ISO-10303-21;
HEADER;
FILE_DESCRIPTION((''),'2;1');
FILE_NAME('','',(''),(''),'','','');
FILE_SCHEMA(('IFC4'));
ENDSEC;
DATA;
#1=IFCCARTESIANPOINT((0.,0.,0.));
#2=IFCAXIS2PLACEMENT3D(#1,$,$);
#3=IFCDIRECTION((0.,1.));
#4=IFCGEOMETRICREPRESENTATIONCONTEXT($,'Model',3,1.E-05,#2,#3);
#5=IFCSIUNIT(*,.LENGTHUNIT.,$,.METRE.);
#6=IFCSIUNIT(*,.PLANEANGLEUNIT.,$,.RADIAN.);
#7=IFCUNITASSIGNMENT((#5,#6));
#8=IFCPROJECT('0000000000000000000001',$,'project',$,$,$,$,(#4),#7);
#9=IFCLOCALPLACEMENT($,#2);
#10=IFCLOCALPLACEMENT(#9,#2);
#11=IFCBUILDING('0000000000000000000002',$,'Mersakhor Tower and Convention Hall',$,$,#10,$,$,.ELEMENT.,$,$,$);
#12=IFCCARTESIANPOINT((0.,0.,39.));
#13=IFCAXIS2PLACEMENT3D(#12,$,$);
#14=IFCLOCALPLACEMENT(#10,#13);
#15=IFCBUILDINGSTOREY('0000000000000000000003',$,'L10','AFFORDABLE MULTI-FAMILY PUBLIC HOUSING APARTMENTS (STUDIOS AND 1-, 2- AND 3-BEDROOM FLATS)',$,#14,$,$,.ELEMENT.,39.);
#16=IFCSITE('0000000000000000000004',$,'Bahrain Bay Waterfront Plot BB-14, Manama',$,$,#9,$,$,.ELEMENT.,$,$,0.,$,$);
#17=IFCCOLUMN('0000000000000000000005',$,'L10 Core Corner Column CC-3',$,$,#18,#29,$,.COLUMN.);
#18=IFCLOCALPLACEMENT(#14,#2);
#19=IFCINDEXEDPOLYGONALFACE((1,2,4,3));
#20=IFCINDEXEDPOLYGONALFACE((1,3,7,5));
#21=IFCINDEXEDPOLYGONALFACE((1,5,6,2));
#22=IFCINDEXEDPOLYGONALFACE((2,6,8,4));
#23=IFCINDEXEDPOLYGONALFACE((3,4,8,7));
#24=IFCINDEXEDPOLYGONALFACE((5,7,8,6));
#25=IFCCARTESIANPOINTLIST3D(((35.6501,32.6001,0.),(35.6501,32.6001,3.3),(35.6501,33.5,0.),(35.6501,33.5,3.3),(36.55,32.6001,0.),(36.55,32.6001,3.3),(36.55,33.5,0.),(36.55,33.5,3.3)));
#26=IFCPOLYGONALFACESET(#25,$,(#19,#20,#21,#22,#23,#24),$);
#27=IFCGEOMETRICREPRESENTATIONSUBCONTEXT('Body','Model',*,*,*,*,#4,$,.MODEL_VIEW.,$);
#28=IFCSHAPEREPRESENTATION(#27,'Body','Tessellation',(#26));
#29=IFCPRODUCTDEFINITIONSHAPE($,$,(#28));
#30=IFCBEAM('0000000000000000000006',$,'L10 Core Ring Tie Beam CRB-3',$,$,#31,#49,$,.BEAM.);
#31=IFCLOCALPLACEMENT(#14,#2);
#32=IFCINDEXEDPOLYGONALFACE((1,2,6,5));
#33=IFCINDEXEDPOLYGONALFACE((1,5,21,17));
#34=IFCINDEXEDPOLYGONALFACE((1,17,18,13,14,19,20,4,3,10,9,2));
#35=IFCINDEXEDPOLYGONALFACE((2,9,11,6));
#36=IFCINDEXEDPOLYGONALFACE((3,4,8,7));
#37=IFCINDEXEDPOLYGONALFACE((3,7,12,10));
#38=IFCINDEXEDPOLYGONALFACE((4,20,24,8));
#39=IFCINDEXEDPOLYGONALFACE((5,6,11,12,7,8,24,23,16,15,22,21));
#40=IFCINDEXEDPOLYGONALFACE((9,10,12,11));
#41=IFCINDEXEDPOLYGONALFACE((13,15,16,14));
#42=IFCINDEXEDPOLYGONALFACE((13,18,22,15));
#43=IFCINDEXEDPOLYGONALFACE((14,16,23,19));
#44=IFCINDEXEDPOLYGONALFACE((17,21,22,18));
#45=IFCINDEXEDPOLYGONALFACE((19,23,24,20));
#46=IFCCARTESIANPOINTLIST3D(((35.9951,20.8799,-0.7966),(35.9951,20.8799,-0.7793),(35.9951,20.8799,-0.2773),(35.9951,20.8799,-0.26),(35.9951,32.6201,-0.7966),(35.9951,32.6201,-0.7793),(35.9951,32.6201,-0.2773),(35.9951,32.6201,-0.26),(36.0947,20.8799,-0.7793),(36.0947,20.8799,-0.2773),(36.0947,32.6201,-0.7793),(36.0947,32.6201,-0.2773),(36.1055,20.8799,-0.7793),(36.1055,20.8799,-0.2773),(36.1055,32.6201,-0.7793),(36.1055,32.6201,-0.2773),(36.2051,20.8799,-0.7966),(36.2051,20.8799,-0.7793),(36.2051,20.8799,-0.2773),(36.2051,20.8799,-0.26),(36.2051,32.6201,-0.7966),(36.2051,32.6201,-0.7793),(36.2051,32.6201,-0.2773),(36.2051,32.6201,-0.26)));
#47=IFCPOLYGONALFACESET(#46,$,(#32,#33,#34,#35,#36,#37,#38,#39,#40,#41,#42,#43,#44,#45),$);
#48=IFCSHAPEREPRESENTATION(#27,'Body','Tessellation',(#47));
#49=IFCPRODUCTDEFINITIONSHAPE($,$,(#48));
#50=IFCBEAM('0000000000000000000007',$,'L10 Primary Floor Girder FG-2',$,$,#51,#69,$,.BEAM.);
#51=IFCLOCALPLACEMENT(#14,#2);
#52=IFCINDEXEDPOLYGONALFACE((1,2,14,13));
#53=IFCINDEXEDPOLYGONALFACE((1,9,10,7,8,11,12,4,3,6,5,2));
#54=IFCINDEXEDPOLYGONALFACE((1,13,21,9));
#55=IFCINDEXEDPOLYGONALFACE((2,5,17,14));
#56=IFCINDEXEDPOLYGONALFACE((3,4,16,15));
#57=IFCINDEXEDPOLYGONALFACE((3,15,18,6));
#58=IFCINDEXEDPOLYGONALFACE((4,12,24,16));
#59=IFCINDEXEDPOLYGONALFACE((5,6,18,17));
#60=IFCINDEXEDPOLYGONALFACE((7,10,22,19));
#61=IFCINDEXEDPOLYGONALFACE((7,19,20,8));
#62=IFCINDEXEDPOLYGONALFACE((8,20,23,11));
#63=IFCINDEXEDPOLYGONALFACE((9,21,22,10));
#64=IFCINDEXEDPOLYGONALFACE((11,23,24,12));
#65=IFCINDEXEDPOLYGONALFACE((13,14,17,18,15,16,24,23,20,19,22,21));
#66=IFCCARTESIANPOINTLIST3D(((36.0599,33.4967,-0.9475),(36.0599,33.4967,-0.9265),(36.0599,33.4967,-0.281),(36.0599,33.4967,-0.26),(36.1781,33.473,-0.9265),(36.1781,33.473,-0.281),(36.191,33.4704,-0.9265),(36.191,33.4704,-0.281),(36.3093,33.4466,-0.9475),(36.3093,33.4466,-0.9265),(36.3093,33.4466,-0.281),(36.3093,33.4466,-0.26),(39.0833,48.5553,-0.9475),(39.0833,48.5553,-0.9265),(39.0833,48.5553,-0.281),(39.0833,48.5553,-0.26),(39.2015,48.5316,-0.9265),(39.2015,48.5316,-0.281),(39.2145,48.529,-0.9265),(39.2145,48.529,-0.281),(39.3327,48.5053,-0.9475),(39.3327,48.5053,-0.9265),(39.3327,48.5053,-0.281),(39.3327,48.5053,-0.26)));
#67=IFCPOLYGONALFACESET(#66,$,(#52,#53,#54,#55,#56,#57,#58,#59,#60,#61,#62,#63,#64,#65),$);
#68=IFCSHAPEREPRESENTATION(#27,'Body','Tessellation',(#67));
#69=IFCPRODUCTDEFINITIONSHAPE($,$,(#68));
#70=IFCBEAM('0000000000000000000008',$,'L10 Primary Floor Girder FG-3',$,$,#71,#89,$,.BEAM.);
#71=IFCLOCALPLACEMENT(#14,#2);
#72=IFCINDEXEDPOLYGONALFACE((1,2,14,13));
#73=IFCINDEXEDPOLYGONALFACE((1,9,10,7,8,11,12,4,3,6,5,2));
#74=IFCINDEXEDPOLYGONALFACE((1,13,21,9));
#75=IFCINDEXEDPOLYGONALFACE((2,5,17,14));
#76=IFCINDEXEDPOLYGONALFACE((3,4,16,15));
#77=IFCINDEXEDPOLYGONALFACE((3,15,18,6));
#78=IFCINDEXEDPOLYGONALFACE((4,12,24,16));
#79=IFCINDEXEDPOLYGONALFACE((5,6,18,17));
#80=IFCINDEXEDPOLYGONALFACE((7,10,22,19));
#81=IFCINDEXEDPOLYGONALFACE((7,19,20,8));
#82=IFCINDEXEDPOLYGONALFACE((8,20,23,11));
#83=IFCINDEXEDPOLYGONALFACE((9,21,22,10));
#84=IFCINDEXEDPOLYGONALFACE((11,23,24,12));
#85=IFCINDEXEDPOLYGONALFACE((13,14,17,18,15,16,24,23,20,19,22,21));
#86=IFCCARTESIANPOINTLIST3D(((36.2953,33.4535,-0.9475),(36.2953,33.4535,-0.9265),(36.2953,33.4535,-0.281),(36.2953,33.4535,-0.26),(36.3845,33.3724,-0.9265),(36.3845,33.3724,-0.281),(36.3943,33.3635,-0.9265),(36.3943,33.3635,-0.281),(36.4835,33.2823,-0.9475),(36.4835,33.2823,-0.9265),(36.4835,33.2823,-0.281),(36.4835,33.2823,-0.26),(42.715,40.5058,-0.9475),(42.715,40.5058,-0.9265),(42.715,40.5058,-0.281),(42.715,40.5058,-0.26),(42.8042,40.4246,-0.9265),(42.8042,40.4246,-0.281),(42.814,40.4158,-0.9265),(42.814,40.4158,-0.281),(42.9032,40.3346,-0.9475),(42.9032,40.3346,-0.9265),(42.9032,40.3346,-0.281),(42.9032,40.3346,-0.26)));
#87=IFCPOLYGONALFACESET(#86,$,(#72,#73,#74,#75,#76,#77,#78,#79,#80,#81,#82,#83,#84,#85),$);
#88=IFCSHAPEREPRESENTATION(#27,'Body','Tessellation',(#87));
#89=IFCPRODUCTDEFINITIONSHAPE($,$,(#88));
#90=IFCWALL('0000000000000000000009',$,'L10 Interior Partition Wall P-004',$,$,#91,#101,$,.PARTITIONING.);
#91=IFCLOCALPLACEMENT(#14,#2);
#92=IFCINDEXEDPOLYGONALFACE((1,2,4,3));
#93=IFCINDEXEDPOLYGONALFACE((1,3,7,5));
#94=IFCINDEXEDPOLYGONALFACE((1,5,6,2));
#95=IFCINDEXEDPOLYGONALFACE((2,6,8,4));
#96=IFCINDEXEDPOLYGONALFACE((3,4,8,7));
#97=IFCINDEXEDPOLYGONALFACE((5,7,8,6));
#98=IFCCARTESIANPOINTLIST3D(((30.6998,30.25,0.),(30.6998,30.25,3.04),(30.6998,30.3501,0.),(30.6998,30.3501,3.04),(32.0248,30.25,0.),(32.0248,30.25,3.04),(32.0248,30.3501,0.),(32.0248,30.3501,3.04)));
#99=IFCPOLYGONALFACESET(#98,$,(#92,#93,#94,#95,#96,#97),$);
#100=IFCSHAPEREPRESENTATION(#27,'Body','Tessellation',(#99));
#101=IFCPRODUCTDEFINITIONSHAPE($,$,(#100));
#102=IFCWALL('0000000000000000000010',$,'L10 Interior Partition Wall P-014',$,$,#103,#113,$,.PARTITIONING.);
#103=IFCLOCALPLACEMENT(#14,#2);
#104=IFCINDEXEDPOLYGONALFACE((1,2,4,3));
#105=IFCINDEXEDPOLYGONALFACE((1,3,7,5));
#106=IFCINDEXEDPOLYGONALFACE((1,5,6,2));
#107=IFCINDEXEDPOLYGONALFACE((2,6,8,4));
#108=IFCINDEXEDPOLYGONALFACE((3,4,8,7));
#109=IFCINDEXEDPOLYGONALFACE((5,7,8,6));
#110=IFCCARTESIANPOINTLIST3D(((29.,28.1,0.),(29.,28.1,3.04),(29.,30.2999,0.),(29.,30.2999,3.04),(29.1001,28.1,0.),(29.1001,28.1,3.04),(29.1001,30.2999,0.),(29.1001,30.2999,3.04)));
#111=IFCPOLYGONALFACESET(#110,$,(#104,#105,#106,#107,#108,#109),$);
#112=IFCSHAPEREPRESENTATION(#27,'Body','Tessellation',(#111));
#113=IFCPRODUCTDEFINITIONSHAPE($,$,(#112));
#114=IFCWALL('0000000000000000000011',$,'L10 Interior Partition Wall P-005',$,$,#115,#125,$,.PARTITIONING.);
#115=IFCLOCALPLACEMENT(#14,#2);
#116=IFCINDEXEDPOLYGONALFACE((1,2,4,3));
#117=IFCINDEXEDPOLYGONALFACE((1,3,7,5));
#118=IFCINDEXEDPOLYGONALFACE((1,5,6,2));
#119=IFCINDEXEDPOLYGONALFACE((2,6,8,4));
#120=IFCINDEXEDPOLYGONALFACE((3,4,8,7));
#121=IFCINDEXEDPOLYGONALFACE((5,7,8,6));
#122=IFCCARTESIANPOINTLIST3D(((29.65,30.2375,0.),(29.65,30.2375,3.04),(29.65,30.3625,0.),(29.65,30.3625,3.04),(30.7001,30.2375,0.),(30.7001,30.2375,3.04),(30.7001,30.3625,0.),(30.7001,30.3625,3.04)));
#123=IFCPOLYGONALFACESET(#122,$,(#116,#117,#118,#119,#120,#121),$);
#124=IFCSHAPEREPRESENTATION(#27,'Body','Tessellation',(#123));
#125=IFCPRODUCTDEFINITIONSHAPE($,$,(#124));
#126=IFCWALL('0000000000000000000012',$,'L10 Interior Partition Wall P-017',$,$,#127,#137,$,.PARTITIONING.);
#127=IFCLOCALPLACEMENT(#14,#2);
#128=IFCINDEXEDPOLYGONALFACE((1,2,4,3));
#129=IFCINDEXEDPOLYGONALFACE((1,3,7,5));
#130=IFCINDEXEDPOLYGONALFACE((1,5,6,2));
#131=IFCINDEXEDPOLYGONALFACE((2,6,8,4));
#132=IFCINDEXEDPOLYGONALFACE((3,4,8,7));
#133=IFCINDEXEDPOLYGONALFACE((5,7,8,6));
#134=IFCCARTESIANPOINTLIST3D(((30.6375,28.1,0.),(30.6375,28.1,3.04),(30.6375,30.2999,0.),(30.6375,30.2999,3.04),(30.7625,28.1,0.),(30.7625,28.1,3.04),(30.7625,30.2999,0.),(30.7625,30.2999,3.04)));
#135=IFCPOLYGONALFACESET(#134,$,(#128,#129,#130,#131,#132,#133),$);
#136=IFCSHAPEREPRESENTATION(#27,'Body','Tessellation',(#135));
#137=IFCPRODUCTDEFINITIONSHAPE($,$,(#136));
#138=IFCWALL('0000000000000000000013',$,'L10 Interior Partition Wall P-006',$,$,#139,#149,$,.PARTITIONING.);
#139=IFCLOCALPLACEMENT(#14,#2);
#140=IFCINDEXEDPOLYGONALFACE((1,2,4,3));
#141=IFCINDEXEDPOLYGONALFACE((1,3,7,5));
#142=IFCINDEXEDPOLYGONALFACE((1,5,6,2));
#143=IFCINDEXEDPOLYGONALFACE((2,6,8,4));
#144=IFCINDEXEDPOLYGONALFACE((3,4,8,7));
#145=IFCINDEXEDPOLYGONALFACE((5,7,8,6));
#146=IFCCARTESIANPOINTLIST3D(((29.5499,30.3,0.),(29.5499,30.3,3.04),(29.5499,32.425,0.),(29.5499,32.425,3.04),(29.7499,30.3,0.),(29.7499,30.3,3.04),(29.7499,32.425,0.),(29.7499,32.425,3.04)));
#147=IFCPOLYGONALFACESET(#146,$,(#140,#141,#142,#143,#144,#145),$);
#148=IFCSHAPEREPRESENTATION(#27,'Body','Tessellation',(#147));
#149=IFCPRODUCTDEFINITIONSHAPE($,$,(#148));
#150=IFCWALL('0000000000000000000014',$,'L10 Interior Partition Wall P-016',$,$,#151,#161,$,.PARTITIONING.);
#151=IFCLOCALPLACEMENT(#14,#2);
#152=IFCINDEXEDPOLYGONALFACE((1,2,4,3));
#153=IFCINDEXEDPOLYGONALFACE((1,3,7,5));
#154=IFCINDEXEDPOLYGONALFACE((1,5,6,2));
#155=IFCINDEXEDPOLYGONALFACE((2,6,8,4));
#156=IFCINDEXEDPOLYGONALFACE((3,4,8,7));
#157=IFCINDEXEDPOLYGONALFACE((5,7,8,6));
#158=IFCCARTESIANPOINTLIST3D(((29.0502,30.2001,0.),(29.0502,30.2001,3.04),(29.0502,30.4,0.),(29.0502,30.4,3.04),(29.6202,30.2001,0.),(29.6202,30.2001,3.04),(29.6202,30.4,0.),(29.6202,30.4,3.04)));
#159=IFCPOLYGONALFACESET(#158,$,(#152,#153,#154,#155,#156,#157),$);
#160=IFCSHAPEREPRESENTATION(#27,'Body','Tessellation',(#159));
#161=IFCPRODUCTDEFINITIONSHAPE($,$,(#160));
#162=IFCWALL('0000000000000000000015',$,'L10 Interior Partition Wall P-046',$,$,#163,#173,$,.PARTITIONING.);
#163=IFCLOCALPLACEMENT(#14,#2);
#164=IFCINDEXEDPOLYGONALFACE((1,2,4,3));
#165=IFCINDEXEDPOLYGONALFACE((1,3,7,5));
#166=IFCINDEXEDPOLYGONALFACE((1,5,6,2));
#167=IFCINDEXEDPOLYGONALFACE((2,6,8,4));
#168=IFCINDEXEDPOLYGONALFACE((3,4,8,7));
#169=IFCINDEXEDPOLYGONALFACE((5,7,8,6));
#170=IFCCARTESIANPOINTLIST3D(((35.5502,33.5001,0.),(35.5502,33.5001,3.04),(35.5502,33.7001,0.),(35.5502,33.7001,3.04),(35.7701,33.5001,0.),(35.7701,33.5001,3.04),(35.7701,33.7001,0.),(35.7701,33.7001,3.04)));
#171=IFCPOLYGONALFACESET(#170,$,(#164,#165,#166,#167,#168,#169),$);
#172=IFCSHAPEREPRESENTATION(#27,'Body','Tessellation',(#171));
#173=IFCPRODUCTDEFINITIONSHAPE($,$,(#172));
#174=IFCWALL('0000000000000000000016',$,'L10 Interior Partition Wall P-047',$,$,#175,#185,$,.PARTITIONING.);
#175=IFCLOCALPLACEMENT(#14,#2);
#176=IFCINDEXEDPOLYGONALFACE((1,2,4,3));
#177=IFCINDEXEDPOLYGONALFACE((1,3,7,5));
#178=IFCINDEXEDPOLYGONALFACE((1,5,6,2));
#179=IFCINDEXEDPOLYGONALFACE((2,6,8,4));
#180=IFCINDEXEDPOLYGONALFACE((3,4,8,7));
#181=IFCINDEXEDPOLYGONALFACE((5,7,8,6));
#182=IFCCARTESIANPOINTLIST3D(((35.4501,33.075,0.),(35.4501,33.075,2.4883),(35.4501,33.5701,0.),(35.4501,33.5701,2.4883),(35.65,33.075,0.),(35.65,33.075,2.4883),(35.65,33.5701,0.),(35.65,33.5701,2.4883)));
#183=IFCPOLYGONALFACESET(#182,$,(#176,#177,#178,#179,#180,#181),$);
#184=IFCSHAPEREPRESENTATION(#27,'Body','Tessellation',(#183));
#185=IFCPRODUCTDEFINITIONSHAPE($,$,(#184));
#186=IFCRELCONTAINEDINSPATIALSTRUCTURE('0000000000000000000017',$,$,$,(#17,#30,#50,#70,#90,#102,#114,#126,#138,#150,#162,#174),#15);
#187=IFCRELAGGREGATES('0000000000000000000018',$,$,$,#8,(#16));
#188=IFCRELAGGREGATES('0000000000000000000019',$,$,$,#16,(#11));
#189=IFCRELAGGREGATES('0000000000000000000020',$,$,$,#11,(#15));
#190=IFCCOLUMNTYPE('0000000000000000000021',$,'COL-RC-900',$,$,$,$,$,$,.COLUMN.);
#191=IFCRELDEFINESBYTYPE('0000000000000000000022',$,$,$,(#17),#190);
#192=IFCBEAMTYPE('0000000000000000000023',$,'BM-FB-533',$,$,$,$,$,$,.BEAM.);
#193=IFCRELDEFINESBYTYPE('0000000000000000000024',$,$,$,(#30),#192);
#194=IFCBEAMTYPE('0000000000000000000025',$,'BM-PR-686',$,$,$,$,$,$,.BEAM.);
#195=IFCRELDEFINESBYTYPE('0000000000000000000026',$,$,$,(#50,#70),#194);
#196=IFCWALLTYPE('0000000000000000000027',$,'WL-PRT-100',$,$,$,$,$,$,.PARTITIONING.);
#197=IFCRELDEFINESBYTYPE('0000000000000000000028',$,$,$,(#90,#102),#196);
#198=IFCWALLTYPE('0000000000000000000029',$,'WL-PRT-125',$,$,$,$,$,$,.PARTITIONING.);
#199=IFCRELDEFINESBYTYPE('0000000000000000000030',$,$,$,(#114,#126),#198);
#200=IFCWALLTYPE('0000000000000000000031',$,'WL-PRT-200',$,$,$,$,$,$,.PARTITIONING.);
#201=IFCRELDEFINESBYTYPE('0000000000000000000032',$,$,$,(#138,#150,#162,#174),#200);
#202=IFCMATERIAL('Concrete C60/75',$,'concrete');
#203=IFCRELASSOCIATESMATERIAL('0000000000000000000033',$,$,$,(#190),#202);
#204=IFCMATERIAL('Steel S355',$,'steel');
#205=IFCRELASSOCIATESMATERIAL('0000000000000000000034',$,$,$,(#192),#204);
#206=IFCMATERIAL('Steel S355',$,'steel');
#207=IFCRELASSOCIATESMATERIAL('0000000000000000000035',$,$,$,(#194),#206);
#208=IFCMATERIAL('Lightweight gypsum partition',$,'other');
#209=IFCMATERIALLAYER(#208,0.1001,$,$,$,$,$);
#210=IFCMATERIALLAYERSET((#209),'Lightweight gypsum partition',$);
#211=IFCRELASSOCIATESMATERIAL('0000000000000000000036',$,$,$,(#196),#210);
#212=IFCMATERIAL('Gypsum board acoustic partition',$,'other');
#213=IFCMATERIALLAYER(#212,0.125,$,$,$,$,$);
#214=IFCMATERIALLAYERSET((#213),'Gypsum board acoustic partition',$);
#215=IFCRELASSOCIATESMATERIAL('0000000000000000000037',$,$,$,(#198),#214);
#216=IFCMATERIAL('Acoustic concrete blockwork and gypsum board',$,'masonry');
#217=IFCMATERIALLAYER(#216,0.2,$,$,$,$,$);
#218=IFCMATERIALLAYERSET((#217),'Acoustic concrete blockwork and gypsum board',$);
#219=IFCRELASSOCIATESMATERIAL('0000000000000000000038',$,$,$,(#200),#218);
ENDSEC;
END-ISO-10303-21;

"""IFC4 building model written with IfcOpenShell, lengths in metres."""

from ifc_helpers import new_model, si_unit, direction, frame, frame_2d, origin, origin_2d, place, context, subcontext, project, spatial, rectangle, i_section, extrude, material, layer, layer_set, material_profile, profile_set, type_object, element, save


model = new_model("IFC4")

# Units and contexts
model_context = context("Model", 3, precision=1e-05, world=origin(), true_north=direction((0.0, 1.0)))
body_context = subcontext(model_context, "Body", "Model", "MODEL_VIEW")
ifc_project = project(units=[si_unit("LENGTHUNIT", "METRE"), si_unit("PLANEANGLEUNIT", "RADIAN")], contexts=[model_context])

# Site, building, storey
site_placement = place(None, origin())
site = spatial("IfcSite", under=ifc_project, at=site_placement, Name="Bahrain Bay Waterfront Plot BB-14, Manama", CompositionType="ELEMENT", RefElevation=0.0)
building_placement = place(site_placement, origin())
building = spatial("IfcBuilding", under=site, at=building_placement, Name="Mersakhor Tower and Convention Hall", CompositionType="ELEMENT")
storey_placement = place(building_placement, frame((0.0, 0.0, 39.0)))
storey = spatial("IfcBuildingStorey", under=building, at=storey_placement, Name="L10", Description="AFFORDABLE MULTI-FAMILY PUBLIC HOUSING APARTMENTS (STUDIOS AND 1-, 2- AND 3-BEDROOM FLATS)", CompositionType="ELEMENT", Elevation=39.0)

# Column
ifc_material_1 = material(Name="Concrete C60/75", Category="concrete")
ifc_material_profile_1 = material_profile(ifc_material_1, rectangle(XDim=0.8999, YDim=0.8999, at=origin_2d()), Name="RC 900x900")
ifc_profile_set_1 = profile_set([ifc_material_profile_1], Name="Concrete C60/75")
column_type = type_object("IfcColumnType", Name="COL-RC-900", PredefinedType="COLUMN", material=ifc_profile_set_1)
column_placement = place(storey_placement, frame((36.1001, 33.05, 0.0), z_axis=(0.0, 0.0, 1.0), x_axis=(1.0, 0.0, 0.0)))
element("IfcColumn", 1, at=column_placement, inside=storey, type_object=column_type, Name="L10 Core Corner Column CC-3", PredefinedType="COLUMN", context=body_context, shape_type="SweptSolid", body=[
    extrude(rectangle(XDim=0.8999, YDim=0.8999, at=origin_2d()), origin(), (0.0, 0.0, 1.0), 3.3),
])

# Beams
ifc_material_2 = material(Name="Steel S355", Category="steel")
ifc_material_profile_2 = material_profile(ifc_material_2, i_section(OverallWidth=0.21, OverallDepth=0.5366, WebThickness=0.0107, FlangeThickness=0.0173, at=origin_2d()), Name="UB 533x210x101")
ifc_profile_set_2 = profile_set([ifc_material_profile_2], Name="Steel S355")
beam_type_1 = type_object("IfcBeamType", Name="BM-FB-533", PredefinedType="BEAM", material=ifc_profile_set_2)
beam_1_placement = place(storey_placement, frame((36.1001, 32.6201, -0.5283), z_axis=(0.0, -1.0, 0.0), x_axis=(1.0, 0.0, 0.0)))
element("IfcBeam", 2, at=beam_1_placement, inside=storey, type_object=beam_type_1, Name="L10 Core Ring Tie Beam CRB-3", PredefinedType="BEAM", context=body_context, shape_type="SweptSolid", body=[
    extrude(i_section(OverallWidth=0.21, OverallDepth=0.5366, WebThickness=0.0107, FlangeThickness=0.0173, at=origin_2d()), origin(), (0.0, 0.0, 1.0), 11.7402),
])
ifc_material_3 = material(Name="Steel S355", Category="steel")
ifc_material_profile_3 = material_profile(ifc_material_3, i_section(OverallWidth=0.2544, OverallDepth=0.6875, WebThickness=0.0132, FlangeThickness=0.021, at=origin_2d()), Name="UB 686x254x152")
ifc_profile_set_3 = profile_set([ifc_material_profile_3], Name="Steel S355")
beam_type_2 = type_object("IfcBeamType", Name="BM-PR-686", PredefinedType="BEAM", material=ifc_profile_set_3)
beam_2_placement = place(storey_placement, frame((36.1846, 33.4717, -0.6038), z_axis=(0.19685, 0.980434, 0.0), x_axis=(-0.980434, 0.19685, 0.0)))
element("IfcBeam", 3, at=beam_2_placement, inside=storey, type_object=beam_type_2, Name="L10 Primary Floor Girder FG-2", PredefinedType="BEAM", context=body_context, shape_type="SweptSolid", body=[
    extrude(i_section(OverallWidth=0.2544, OverallDepth=0.6875, WebThickness=0.0132, FlangeThickness=0.021, at=origin_2d()), origin(), (0.0, 0.0, 1.0), 15.3591),
])
beam_3_placement = place(storey_placement, frame((36.3894, 33.3679, -0.6038), z_axis=(0.673163, 0.739494, 0.0), x_axis=(-0.739494, 0.673163, 0.0)))
element("IfcBeam", 4, at=beam_3_placement, inside=storey, type_object=beam_type_2, Name="L10 Primary Floor Girder FG-3", PredefinedType="BEAM", context=body_context, shape_type="SweptSolid", body=[
    extrude(i_section(OverallWidth=0.2544, OverallDepth=0.6875, WebThickness=0.0132, FlangeThickness=0.021, at=origin_2d()), origin(), (0.0, 0.0, 1.0), 9.5366),
])

# Walls
ifc_material_4 = material(Name="Lightweight gypsum partition", Category="other")
ifc_layer_1 = layer(ifc_material_4, 0.1001)
ifc_layer_set_1 = layer_set([ifc_layer_1], Name="Lightweight gypsum partition")
wall_type_1 = type_object("IfcWallType", Name="WL-PRT-100", PredefinedType="PARTITIONING", material=ifc_layer_set_1)
wall_1_placement = place(storey_placement, frame((32.0249, 30.3, 0.0), z_axis=(0.0, 0.0, 1.0), x_axis=(-1.0, 0.0, 0.0)))
element("IfcWall", 5, at=wall_1_placement, inside=storey, type_object=wall_type_1, Name="L10 Interior Partition Wall P-004", PredefinedType="PARTITIONING", context=body_context, shape_type="SweptSolid", body=[
    extrude(rectangle(XDim=1.325, YDim=0.1001, at=frame_2d((0.6626, 0.0))), origin(), (0.0, 0.0, 1.0), 3.04),
])
wall_2_placement = place(storey_placement, frame((29.05, 30.3, 0.0), z_axis=(0.0, 0.0, 1.0), x_axis=(0.0, -1.0, 0.0)))
element("IfcWall", 6, at=wall_2_placement, inside=storey, type_object=wall_type_1, Name="L10 Interior Partition Wall P-014", PredefinedType="PARTITIONING", context=body_context, shape_type="SweptSolid", body=[
    extrude(rectangle(XDim=2.2, YDim=0.1001, at=frame_2d((1.1001, 0.0))), origin(), (0.0, 0.0, 1.0), 3.04),
])
ifc_material_5 = material(Name="Gypsum board acoustic partition", Category="other")
ifc_layer_2 = layer(ifc_material_5, 0.125)
ifc_layer_set_2 = layer_set([ifc_layer_2], Name="Gypsum board acoustic partition")
wall_type_2 = type_object("IfcWallType", Name="WL-PRT-125", PredefinedType="PARTITIONING", material=ifc_layer_set_2)
wall_3_placement = place(storey_placement, frame((30.7, 30.3, 0.0), z_axis=(0.0, 0.0, 1.0), x_axis=(-1.0, 0.0, 0.0)))
element("IfcWall", 7, at=wall_3_placement, inside=storey, type_object=wall_type_2, Name="L10 Interior Partition Wall P-005", PredefinedType="PARTITIONING", context=body_context, shape_type="SweptSolid", body=[
    extrude(rectangle(XDim=1.05, YDim=0.125, at=frame_2d((0.5249, 0.0))), origin(), (0.0, 0.0, 1.0), 3.04),
])
wall_4_placement = place(storey_placement, frame((30.7, 30.3, 0.0), z_axis=(0.0, 0.0, 1.0), x_axis=(0.0, -1.0, 0.0)))
element("IfcWall", 8, at=wall_4_placement, inside=storey, type_object=wall_type_2, Name="L10 Interior Partition Wall P-017", PredefinedType="PARTITIONING", context=body_context, shape_type="SweptSolid", body=[
    extrude(rectangle(XDim=2.2, YDim=0.125, at=frame_2d((1.1001, 0.0))), origin(), (0.0, 0.0, 1.0), 3.04),
])
ifc_material_6 = material(Name="Acoustic concrete blockwork and gypsum board", Category="masonry")
ifc_layer_3 = layer(ifc_material_6, 0.2)
ifc_layer_set_3 = layer_set([ifc_layer_3], Name="Acoustic concrete blockwork and gypsum board")
wall_type_3 = type_object("IfcWallType", Name="WL-PRT-200", PredefinedType="PARTITIONING", material=ifc_layer_set_3)
wall_5_placement = place(storey_placement, frame((29.6499, 30.3, 0.0), z_axis=(0.0, 0.0, 1.0), x_axis=(0.0, 1.0, 0.0)))
element("IfcWall", 9, at=wall_5_placement, inside=storey, type_object=wall_type_3, Name="L10 Interior Partition Wall P-006", PredefinedType="PARTITIONING", context=body_context, shape_type="SweptSolid", body=[
    extrude(rectangle(XDim=2.125, YDim=0.2, at=frame_2d((1.0625, 0.0))), origin(), (0.0, 0.0, 1.0), 3.04),
])
wall_6_placement = place(storey_placement, frame((29.05, 30.3, 0.0), z_axis=(0.0, 0.0, 1.0), x_axis=(1.0, 0.0, 0.0)))
element("IfcWall", 10, at=wall_6_placement, inside=storey, type_object=wall_type_3, Name="L10 Interior Partition Wall P-016", PredefinedType="PARTITIONING", context=body_context, shape_type="SweptSolid", body=[
    extrude(rectangle(XDim=0.5701, YDim=0.2, at=frame_2d((0.2852, 0.0))), origin(), (0.0, 0.0, 1.0), 3.04),
])
wall_7_placement = place(storey_placement, frame((35.77, 33.6001, 0.0), z_axis=(0.0, 0.0, 1.0), x_axis=(-1.0, 0.0, 0.0)))
element("IfcWall", 11, at=wall_7_placement, inside=storey, type_object=wall_type_3, Name="L10 Interior Partition Wall P-046", PredefinedType="PARTITIONING", context=body_context, shape_type="SweptSolid", body=[
    extrude(rectangle(XDim=0.22, YDim=0.2, at=frame_2d((0.1099, 0.0))), origin(), (0.0, 0.0, 1.0), 3.04),
])
wall_8_placement = place(storey_placement, frame((35.55, 33.5701, 0.0), z_axis=(0.0, 0.0, 1.0), x_axis=(0.0, -1.0, 0.0)))
element("IfcWall", 12, at=wall_8_placement, inside=storey, type_object=wall_type_3, Name="L10 Interior Partition Wall P-047", PredefinedType="PARTITIONING", context=body_context, shape_type="SweptSolid", body=[
    extrude(rectangle(XDim=0.4951, YDim=0.2, at=frame_2d((0.2476, 0.0))), origin(), (0.0, 0.0, 1.0), 2.4883),
])

save(model, "model.ifc")
